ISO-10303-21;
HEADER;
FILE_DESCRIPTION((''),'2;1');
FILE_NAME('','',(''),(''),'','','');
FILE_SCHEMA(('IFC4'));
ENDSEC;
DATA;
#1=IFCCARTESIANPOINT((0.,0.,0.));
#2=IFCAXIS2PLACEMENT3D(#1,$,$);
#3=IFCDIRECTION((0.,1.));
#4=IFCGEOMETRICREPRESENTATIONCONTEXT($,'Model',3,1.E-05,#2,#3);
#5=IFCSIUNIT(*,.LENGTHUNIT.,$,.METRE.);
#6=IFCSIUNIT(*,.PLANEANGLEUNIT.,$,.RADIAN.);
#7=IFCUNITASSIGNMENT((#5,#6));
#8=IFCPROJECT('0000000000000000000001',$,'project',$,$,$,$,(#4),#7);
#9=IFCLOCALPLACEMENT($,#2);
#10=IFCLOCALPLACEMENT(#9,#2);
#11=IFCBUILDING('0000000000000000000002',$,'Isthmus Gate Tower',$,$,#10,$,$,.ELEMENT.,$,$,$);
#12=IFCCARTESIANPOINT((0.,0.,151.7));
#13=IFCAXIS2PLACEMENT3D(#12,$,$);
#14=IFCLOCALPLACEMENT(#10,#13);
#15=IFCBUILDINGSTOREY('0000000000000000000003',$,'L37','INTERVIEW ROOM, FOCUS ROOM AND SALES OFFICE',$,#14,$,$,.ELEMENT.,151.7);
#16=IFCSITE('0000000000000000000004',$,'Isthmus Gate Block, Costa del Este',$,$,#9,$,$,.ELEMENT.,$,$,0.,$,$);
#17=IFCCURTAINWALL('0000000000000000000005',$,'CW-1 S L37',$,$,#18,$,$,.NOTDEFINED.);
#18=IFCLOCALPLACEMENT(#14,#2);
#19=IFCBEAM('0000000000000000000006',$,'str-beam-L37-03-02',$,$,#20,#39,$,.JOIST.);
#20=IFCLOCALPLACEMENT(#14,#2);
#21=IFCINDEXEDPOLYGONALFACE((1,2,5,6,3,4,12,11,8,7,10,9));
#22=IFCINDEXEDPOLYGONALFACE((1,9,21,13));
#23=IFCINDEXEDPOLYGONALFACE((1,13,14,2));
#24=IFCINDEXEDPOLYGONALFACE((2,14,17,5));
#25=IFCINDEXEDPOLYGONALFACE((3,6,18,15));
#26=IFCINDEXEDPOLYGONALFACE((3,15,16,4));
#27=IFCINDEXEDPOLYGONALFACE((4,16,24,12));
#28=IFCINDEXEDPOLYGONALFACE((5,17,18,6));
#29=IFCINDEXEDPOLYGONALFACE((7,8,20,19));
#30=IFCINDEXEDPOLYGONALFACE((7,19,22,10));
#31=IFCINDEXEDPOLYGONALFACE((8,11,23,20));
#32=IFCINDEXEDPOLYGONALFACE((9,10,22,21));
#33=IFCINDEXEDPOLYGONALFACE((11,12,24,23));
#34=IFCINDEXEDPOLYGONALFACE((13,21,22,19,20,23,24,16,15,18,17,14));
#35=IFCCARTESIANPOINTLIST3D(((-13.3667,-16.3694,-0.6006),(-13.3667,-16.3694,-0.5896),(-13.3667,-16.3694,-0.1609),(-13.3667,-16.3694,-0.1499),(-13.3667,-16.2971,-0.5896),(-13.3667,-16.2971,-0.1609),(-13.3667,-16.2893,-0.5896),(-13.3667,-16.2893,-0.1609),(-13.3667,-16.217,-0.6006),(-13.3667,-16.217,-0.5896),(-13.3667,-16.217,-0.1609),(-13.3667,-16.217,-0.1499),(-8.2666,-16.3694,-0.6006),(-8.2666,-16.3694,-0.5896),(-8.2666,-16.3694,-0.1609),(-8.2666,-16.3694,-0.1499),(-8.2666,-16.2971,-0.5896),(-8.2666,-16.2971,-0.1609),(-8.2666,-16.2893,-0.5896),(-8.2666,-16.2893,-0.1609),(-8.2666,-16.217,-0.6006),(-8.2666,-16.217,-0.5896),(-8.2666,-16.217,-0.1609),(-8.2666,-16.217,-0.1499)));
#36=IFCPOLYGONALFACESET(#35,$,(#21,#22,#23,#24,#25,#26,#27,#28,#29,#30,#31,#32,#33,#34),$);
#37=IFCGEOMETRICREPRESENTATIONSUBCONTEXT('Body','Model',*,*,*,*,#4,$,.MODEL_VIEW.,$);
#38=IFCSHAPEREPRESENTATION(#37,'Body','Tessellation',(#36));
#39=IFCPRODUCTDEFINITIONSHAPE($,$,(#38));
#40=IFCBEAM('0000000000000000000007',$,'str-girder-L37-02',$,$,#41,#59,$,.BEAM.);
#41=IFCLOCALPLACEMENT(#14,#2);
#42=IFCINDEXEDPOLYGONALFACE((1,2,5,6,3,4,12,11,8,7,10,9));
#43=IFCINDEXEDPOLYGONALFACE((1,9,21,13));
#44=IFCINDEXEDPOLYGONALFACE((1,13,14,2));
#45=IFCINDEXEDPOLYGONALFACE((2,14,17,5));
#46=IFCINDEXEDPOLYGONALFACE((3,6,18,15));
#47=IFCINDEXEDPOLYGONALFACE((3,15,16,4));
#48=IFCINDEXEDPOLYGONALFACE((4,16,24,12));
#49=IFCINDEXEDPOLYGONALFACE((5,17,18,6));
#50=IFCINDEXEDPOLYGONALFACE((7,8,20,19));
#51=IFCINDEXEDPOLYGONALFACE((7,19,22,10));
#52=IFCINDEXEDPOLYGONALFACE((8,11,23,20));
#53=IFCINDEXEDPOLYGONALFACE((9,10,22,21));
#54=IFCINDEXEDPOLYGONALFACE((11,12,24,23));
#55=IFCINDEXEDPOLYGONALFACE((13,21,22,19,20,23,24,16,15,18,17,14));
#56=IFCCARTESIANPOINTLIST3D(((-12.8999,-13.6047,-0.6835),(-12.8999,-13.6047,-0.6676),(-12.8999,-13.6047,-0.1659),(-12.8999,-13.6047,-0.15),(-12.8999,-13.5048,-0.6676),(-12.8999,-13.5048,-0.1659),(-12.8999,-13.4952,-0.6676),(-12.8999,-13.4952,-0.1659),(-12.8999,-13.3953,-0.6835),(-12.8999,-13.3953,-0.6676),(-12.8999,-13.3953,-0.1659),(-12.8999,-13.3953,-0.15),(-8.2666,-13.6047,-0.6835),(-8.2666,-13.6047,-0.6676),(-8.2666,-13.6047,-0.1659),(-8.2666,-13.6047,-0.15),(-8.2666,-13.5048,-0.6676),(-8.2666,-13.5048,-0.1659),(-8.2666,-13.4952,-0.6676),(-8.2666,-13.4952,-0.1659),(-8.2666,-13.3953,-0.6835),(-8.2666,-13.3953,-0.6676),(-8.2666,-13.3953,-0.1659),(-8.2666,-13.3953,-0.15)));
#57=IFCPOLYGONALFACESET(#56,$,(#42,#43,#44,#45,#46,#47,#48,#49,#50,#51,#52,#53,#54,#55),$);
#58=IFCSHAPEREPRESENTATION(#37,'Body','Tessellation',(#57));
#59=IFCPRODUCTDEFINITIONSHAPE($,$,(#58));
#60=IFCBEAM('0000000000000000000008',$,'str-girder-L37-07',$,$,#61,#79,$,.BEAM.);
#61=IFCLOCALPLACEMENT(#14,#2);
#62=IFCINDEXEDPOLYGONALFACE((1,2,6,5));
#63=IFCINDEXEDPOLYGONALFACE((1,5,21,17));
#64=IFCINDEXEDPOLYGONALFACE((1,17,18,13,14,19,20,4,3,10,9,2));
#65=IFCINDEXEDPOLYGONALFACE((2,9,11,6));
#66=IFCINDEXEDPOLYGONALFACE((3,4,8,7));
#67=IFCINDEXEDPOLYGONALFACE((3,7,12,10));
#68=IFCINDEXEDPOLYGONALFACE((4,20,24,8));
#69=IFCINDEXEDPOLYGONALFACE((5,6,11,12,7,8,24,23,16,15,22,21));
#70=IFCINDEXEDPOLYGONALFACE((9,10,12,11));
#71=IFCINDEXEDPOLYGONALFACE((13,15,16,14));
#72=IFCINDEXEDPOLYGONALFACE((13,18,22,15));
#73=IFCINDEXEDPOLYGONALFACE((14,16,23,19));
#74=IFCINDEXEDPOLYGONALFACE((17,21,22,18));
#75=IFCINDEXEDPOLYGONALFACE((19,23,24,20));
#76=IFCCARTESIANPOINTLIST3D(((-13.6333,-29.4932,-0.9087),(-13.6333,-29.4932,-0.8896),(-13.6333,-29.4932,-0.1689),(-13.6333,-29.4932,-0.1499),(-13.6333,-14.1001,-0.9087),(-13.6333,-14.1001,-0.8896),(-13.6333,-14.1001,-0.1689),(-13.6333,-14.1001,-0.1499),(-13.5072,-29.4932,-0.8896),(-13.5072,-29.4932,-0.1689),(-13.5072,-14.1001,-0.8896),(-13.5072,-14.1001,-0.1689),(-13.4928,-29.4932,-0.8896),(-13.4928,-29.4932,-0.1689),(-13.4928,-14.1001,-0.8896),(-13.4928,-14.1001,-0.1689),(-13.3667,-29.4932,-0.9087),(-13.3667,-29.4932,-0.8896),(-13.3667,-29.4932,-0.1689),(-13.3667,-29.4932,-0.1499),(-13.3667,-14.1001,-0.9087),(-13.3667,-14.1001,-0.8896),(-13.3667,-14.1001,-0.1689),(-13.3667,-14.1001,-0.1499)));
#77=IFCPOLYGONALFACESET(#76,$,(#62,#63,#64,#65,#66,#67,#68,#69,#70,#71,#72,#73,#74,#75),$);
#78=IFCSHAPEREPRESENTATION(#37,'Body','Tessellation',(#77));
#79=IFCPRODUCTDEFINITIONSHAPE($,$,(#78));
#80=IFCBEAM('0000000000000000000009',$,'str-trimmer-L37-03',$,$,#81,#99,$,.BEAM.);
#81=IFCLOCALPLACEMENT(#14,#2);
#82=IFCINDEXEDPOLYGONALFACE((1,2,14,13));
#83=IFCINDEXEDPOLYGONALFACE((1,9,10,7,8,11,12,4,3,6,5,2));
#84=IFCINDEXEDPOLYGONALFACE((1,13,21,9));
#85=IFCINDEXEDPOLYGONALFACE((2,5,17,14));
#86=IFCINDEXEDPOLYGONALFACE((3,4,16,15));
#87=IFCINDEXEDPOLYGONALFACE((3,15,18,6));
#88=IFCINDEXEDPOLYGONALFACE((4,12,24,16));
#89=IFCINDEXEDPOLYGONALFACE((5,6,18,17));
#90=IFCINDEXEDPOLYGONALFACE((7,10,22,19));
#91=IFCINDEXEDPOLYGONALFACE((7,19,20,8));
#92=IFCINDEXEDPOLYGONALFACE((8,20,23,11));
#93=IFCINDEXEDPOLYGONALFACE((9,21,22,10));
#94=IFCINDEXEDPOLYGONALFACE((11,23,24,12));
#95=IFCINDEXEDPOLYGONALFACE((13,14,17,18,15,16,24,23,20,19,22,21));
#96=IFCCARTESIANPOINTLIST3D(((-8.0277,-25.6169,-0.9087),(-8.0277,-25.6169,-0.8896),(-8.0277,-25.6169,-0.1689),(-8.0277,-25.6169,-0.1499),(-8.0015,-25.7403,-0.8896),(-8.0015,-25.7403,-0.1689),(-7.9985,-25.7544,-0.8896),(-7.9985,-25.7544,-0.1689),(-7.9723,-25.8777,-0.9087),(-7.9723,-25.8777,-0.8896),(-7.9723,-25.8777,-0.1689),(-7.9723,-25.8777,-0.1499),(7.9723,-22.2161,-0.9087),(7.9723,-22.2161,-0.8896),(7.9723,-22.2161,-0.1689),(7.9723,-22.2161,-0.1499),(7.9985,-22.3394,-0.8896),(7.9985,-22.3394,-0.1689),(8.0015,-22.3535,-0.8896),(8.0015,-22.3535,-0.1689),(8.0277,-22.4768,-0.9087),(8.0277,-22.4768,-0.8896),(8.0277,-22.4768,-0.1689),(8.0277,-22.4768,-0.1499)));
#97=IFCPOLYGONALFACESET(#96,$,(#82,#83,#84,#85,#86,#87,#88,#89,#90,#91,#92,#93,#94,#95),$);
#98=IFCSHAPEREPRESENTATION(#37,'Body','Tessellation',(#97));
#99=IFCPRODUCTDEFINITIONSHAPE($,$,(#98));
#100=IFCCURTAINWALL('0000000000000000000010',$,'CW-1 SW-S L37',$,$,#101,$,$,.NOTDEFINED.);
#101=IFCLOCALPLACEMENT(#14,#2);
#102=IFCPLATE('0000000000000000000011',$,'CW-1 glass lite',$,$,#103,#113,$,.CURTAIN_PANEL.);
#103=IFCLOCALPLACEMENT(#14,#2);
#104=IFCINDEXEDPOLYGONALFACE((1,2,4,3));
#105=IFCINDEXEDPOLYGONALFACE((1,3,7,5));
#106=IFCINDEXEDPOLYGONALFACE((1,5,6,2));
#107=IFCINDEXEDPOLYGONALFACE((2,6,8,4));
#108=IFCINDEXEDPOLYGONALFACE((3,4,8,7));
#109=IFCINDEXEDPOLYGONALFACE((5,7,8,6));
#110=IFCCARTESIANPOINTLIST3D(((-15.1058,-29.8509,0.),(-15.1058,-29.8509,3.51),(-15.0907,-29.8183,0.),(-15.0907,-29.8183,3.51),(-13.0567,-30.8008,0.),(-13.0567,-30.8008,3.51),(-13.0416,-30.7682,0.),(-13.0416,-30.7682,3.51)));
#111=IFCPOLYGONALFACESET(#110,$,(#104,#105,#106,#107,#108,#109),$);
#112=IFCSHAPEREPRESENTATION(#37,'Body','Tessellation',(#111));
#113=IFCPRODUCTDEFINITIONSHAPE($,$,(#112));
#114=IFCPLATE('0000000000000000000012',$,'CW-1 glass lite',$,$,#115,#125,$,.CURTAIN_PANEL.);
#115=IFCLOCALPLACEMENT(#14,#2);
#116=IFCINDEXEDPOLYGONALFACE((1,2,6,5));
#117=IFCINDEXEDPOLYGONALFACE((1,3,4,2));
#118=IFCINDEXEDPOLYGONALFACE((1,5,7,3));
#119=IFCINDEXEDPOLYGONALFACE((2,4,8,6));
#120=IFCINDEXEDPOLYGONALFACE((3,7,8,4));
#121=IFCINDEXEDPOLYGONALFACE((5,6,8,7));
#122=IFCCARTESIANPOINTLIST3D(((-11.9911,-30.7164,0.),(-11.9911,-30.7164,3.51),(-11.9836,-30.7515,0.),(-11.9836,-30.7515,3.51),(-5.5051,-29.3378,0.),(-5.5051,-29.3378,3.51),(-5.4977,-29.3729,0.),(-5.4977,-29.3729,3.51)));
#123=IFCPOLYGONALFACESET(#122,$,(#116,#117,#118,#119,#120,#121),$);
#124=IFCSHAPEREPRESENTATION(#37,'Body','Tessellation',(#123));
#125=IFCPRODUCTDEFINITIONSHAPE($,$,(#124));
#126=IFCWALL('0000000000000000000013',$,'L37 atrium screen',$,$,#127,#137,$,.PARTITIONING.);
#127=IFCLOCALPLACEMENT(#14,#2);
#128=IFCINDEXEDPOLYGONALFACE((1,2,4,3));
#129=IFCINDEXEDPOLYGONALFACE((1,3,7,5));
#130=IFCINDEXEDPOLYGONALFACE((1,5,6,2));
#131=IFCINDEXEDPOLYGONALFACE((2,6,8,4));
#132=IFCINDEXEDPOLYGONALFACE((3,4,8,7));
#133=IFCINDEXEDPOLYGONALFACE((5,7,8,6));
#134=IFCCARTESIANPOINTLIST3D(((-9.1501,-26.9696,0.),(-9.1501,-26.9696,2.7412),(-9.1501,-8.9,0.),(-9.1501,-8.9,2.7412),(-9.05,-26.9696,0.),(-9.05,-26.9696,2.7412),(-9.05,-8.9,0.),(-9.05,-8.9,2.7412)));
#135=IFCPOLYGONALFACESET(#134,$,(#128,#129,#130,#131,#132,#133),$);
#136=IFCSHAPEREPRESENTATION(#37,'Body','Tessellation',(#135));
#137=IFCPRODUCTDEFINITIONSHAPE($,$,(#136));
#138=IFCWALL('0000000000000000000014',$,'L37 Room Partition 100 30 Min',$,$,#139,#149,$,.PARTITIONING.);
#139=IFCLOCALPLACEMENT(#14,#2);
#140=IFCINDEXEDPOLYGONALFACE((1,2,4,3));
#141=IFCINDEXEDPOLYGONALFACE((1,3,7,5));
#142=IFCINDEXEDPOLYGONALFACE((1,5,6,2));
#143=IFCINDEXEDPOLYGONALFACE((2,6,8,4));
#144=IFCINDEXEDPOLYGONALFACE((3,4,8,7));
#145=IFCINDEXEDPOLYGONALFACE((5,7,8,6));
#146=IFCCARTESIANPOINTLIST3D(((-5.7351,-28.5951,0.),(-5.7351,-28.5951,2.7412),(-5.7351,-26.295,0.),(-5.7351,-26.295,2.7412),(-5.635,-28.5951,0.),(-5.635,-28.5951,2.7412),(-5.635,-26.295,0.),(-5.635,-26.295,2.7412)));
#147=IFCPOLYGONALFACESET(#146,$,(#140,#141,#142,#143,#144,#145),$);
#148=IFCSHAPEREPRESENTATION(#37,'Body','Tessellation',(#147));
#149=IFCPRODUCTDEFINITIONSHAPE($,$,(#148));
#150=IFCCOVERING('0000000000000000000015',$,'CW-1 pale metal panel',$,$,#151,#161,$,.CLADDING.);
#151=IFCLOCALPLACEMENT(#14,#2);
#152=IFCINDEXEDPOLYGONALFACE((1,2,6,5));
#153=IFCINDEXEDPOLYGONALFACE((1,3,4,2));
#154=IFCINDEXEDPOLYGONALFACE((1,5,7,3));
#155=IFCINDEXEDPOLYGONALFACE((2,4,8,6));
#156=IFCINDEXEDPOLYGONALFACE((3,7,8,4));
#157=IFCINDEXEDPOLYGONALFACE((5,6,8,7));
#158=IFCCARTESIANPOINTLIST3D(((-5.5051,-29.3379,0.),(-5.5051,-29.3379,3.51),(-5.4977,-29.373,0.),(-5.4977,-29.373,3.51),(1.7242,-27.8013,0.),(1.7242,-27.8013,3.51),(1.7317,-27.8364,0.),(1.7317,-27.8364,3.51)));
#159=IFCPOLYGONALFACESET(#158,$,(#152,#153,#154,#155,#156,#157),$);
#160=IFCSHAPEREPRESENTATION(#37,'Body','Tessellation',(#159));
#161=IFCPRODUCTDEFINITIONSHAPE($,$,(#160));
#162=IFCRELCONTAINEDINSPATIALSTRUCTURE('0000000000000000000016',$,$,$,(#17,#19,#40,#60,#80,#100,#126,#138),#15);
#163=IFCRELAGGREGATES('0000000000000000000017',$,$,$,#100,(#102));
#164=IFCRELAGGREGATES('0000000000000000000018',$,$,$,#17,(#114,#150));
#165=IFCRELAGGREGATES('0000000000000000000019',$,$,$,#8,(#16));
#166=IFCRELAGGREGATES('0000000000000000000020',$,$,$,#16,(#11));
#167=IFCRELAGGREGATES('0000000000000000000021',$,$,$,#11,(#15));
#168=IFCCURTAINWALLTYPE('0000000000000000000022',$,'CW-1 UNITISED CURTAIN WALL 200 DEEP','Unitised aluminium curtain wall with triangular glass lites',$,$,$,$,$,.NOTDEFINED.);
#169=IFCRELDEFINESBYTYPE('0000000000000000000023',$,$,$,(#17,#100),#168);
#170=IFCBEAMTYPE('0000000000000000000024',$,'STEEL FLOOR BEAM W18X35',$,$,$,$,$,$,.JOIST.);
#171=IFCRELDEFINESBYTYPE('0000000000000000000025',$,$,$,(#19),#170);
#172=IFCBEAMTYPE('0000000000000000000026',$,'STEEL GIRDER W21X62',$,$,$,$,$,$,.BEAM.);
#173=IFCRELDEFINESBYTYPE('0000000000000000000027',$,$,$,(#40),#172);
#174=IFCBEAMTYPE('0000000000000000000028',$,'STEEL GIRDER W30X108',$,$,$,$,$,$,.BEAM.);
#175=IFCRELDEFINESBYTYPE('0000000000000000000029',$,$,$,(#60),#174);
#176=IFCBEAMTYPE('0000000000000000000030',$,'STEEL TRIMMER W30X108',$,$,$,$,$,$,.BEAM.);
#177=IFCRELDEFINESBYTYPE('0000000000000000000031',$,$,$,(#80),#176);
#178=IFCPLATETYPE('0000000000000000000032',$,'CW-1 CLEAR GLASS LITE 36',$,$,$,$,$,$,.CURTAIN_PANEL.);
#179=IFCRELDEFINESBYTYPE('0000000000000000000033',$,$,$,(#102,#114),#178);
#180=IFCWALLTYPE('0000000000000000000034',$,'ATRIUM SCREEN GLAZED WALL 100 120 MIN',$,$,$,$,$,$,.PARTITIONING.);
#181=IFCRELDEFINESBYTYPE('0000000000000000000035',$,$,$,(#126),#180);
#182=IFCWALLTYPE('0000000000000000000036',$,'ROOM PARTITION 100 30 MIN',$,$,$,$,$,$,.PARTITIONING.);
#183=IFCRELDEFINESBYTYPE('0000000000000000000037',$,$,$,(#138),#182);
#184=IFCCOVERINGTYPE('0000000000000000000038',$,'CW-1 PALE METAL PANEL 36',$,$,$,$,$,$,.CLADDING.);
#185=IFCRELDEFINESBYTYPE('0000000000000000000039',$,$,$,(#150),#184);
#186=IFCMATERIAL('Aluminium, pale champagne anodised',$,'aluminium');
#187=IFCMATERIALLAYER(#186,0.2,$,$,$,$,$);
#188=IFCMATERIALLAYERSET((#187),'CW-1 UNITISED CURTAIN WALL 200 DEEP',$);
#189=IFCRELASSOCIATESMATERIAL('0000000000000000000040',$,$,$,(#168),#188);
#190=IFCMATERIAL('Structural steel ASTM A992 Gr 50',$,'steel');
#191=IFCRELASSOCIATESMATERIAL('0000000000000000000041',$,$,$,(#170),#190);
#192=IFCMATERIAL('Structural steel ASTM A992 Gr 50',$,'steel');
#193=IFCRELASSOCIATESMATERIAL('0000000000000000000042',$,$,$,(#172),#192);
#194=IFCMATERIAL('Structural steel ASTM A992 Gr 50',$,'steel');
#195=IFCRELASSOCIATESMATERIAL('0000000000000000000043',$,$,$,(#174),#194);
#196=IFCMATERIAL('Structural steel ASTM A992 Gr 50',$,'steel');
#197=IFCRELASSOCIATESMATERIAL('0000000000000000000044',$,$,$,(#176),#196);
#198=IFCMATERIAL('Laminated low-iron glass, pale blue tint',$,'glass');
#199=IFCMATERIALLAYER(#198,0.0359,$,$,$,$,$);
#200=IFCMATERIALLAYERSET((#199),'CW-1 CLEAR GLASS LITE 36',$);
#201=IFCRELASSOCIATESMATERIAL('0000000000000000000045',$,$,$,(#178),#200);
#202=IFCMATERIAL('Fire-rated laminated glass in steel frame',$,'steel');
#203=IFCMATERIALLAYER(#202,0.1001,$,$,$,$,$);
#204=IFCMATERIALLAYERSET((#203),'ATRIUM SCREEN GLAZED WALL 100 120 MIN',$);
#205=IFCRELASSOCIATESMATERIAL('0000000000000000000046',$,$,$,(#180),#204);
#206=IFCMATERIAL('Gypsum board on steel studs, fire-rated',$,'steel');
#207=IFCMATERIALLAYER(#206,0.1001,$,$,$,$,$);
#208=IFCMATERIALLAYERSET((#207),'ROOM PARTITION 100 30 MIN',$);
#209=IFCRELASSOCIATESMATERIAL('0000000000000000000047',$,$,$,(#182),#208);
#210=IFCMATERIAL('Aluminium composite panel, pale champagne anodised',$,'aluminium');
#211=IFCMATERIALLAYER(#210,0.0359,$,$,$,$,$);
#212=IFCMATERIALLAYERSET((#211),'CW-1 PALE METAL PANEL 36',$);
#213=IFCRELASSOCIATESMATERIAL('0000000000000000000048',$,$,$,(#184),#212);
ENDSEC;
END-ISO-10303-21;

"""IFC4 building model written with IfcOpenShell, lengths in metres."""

from ifc_helpers import new_model, si_unit, direction, frame, frame_2d, origin, origin_2d, place, context, subcontext, project, spatial, rectangle, i_section, extrude, material, layer, layer_set, material_profile, profile_set, type_object, element, aggregate, save


model = new_model("IFC4")

# Units and contexts
model_context = context("Model", 3, precision=1e-05, world=origin(), true_north=direction((0.0, 1.0)))
body_context = subcontext(model_context, "Body", "Model", "MODEL_VIEW")
ifc_project = project(units=[si_unit("LENGTHUNIT", "METRE"), si_unit("PLANEANGLEUNIT", "RADIAN")], contexts=[model_context])

# Site, building, storey
site_placement = place(None, origin())
site = spatial("IfcSite", under=ifc_project, at=site_placement, Name="Isthmus Gate Block, Costa del Este", CompositionType="ELEMENT", RefElevation=0.0)
building_placement = place(site_placement, origin())
building = spatial("IfcBuilding", under=site, at=building_placement, Name="Isthmus Gate Tower", CompositionType="ELEMENT")
storey_placement = place(building_placement, frame((0.0, 0.0, 151.7)))
storey = spatial("IfcBuildingStorey", under=building, at=storey_placement, Name="L37", Description="INTERVIEW ROOM, FOCUS ROOM AND SALES OFFICE", CompositionType="ELEMENT", Elevation=151.7)

# Curtain wall
ifc_material_1 = material(Name="Aluminium, pale champagne anodised", Category="aluminium")
ifc_layer_1 = layer(ifc_material_1, 0.2)
ifc_layer_set_1 = layer_set([ifc_layer_1], Name="CW-1 UNITISED CURTAIN WALL 200 DEEP")
curtain_wall_type = type_object("IfcCurtainWallType", Name="CW-1 UNITISED CURTAIN WALL 200 DEEP", Description="Unitised aluminium curtain wall with triangular glass lites", PredefinedType="NOTDEFINED", material=ifc_layer_set_1)
curtain_wall_1_placement = place(storey_placement, origin())
curtain_wall_1 = element("IfcCurtainWall", 1, at=curtain_wall_1_placement, inside=storey, type_object=curtain_wall_type, Name="CW-1 S L37", PredefinedType="NOTDEFINED")

# Beams
ifc_material_2 = material(Name="Structural steel ASTM A992 Gr 50", Category="steel")
ifc_material_profile_1 = material_profile(ifc_material_2, i_section(OverallWidth=0.1523, OverallDepth=0.4507, WebThickness=0.0078, FlangeThickness=0.011, at=origin_2d()), Name="W18X35")
ifc_profile_set_1 = profile_set([ifc_material_profile_1], Name="Structural steel ASTM A992 Gr 50")
beam_type_1 = type_object("IfcBeamType", Name="STEEL FLOOR BEAM W18X35", PredefinedType="JOIST", material=ifc_profile_set_1)
for number, where, z_axis, x_axis, name in (
    (2, (-13.3667, -16.2932, -0.3752), (1.0, 0.0, 0.0), (0.0, 1.0, 0.0), "str-beam-L37-03-02"),
):
    element("IfcBeam", number, at=place(storey_placement, frame(where, z_axis=z_axis, x_axis=x_axis)), inside=storey, type_object=beam_type_1, Name=name, PredefinedType="JOIST", context=body_context, shape_type="SweptSolid", body=[
        extrude(i_section(OverallWidth=0.1523, OverallDepth=0.4507, WebThickness=0.0078, FlangeThickness=0.011, at=origin_2d()), origin(), (0.0, 0.0, 1.0), 5.1001),
    ])
ifc_material_3 = material(Name="Structural steel ASTM A992 Gr 50", Category="steel")
ifc_material_profile_2 = material_profile(ifc_material_3, i_section(OverallWidth=0.2095, OverallDepth=0.5334, WebThickness=0.0095, FlangeThickness=0.0159, at=origin_2d()), Name="W21X62")
ifc_profile_set_2 = profile_set([ifc_material_profile_2], Name="Structural steel ASTM A992 Gr 50")
beam_type_2 = type_object("IfcBeamType", Name="STEEL GIRDER W21X62", PredefinedType="BEAM", material=ifc_profile_set_2)
beam_1_placement = place(storey_placement, frame((-12.8999, -13.5, -0.4167), z_axis=(1.0, 0.0, 0.0), x_axis=(0.0, 1.0, 0.0)))
element("IfcBeam", 3, at=beam_1_placement, inside=storey, type_object=beam_type_2, Name="str-girder-L37-02", PredefinedType="BEAM", context=body_context, shape_type="SweptSolid", body=[
    extrude(i_section(OverallWidth=0.2095, OverallDepth=0.5334, WebThickness=0.0095, FlangeThickness=0.0159, at=origin_2d()), origin(), (0.0, 0.0, 1.0), 4.6333),
])
ifc_material_4 = material(Name="Structural steel ASTM A992 Gr 50", Category="steel")
ifc_material_profile_3 = material_profile(ifc_material_4, i_section(OverallWidth=0.2666, OverallDepth=0.7588, WebThickness=0.0144, FlangeThickness=0.019, at=origin_2d()), Name="W30X108")
ifc_profile_set_3 = profile_set([ifc_material_profile_3], Name="Structural steel ASTM A992 Gr 50")
beam_type_3 = type_object("IfcBeamType", Name="STEEL GIRDER W30X108", PredefinedType="BEAM", material=ifc_profile_set_3)
beam_2_placement = place(storey_placement, frame((-13.5, -29.4932, -0.5293), z_axis=(0.0, 1.0, 0.0), x_axis=(-1.0, 0.0, 0.0)))
element("IfcBeam", 4, at=beam_2_placement, inside=storey, type_object=beam_type_3, Name="str-girder-L37-07", PredefinedType="BEAM", context=body_context, shape_type="SweptSolid", body=[
    extrude(i_section(OverallWidth=0.2666, OverallDepth=0.7588, WebThickness=0.0144, FlangeThickness=0.019, at=origin_2d()), origin(), (0.0, 0.0, 1.0), 15.3931),
])
ifc_material_5 = material(Name="Structural steel ASTM A992 Gr 50", Category="steel")
ifc_material_profile_4 = material_profile(ifc_material_5, i_section(OverallWidth=0.2666, OverallDepth=0.7588, WebThickness=0.0144, FlangeThickness=0.019, at=origin_2d()), Name="W30X108")
ifc_profile_set_4 = profile_set([ifc_material_profile_4], Name="Structural steel ASTM A992 Gr 50")
beam_type_4 = type_object("IfcBeamType", Name="STEEL TRIMMER W30X108", PredefinedType="BEAM", material=ifc_profile_set_4)
beam_3_placement = place(storey_placement, frame((-8.0, -25.7473, -0.5293), z_axis=(0.978148, 0.20791, 0.0), x_axis=(-0.20791, 0.978148, 0.0)))
element("IfcBeam", 5, at=beam_3_placement, inside=storey, type_object=beam_type_4, Name="str-trimmer-L37-03", PredefinedType="BEAM", context=body_context, shape_type="SweptSolid", body=[
    extrude(i_section(OverallWidth=0.2666, OverallDepth=0.7588, WebThickness=0.0144, FlangeThickness=0.019, at=origin_2d()), origin(), (0.0, 0.0, 1.0), 16.3574),
])

# Curtain wall, plate
curtain_wall_2_placement = place(storey_placement, origin())
curtain_wall_2 = element("IfcCurtainWall", 6, at=curtain_wall_2_placement, inside=storey, type_object=curtain_wall_type, Name="CW-1 SW-S L37", PredefinedType="NOTDEFINED")
ifc_material_6 = material(Name="Laminated low-iron glass, pale blue tint", Category="glass")
ifc_layer_2 = layer(ifc_material_6, 0.0359)
ifc_layer_set_2 = layer_set([ifc_layer_2], Name="CW-1 CLEAR GLASS LITE 36")
plate_type = type_object("IfcPlateType", Name="CW-1 CLEAR GLASS LITE 36", PredefinedType="CURTAIN_PANEL", material=ifc_layer_set_2)
plate_1_placement = place(storey_placement, frame((-14.0737, -30.3096, 0.0), z_axis=(0.0, 0.0, 1.0), x_axis=(0.907256, -0.420578, 0.0)))
plate_1 = element("IfcPlate", 7, at=plate_1_placement, type_object=plate_type, Name="CW-1 glass lite", PredefinedType="CURTAIN_PANEL", context=body_context, shape_type="SweptSolid", body=[
    extrude(rectangle(XDim=2.2585, YDim=0.0359, at=origin_2d()), origin(), (0.0, 0.0, 1.0), 3.51),
])
aggregate(curtain_wall_2, [plate_1])

# Plate
plate_2_placement = place(storey_placement, frame((-8.7444, -30.0447, 0.0), z_axis=(0.0, 0.0, 1.0), x_axis=(0.978148, 0.207912, 0.0)))
plate_2 = element("IfcPlate", 8, at=plate_2_placement, type_object=plate_type, Name="CW-1 glass lite", PredefinedType="CURTAIN_PANEL", context=body_context, shape_type="SweptSolid", body=[
    extrude(rectangle(XDim=6.6309, YDim=0.0359, at=origin_2d()), origin(), (0.0, 0.0, 1.0), 3.51),
])

# Walls
ifc_material_7 = material(Name="Fire-rated laminated glass in steel frame", Category="steel")
ifc_layer_3 = layer(ifc_material_7, 0.1001)
ifc_layer_set_3 = layer_set([ifc_layer_3], Name="ATRIUM SCREEN GLAZED WALL 100 120 MIN")
wall_type_1 = type_object("IfcWallType", Name="ATRIUM SCREEN GLAZED WALL 100 120 MIN", PredefinedType="PARTITIONING", material=ifc_layer_set_3)
wall_1_placement = place(storey_placement, frame((-9.1001, -26.9695, 0.0), z_axis=(0.0, 0.0, 1.0), x_axis=(0.0, 1.0, 0.0)))
element("IfcWall", 9, at=wall_1_placement, inside=storey, type_object=wall_type_1, Name="L37 atrium screen", PredefinedType="PARTITIONING", context=body_context, shape_type="SweptSolid", body=[
    extrude(rectangle(XDim=18.0696, YDim=0.1001, at=frame_2d((9.0347, 0.0))), origin(), (0.0, 0.0, 1.0), 2.7412),
])
ifc_material_8 = material(Name="Gypsum board on steel studs, fire-rated", Category="steel")
ifc_layer_4 = layer(ifc_material_8, 0.1001)
ifc_layer_set_4 = layer_set([ifc_layer_4], Name="ROOM PARTITION 100 30 MIN")
wall_type_2 = type_object("IfcWallType", Name="ROOM PARTITION 100 30 MIN", PredefinedType="PARTITIONING", material=ifc_layer_set_4)
wall_2_placement = place(storey_placement, frame((-5.6851, -28.595, 0.0), z_axis=(0.0, 0.0, 1.0), x_axis=(0.0, 1.0, 0.0)))
element("IfcWall", 10, at=wall_2_placement, inside=storey, type_object=wall_type_2, Name="L37 Room Partition 100 30 Min", PredefinedType="PARTITIONING", context=body_context, shape_type="SweptSolid", body=[
    extrude(rectangle(XDim=2.3, YDim=0.1001, at=frame_2d((1.1499, 0.0))), origin(), (0.0, 0.0, 1.0), 2.7412),
])

# Covering
ifc_material_9 = material(Name="Aluminium composite panel, pale champagne anodised", Category="aluminium")
ifc_layer_5 = layer(ifc_material_9, 0.0359)
ifc_layer_set_5 = layer_set([ifc_layer_5], Name="CW-1 PALE METAL PANEL 36")
covering_type = type_object("IfcCoveringType", Name="CW-1 PALE METAL PANEL 36", PredefinedType="CLADDING", material=ifc_layer_set_5)
covering_placement = place(storey_placement, frame((-1.8867, -28.5872, 0.0), z_axis=(0.0, 0.0, 1.0), x_axis=(0.978148, 0.207912, 0.0)))
covering = element("IfcCovering", 11, at=covering_placement, type_object=covering_type, Name="CW-1 pale metal panel", PredefinedType="CLADDING", context=body_context, shape_type="SweptSolid", body=[
    extrude(rectangle(XDim=7.3909, YDim=0.0359, at=origin_2d()), origin(), (0.0, 0.0, 1.0), 3.51),
])
aggregate(curtain_wall_1, [plate_2, covering])

save(model, "model.ifc")
